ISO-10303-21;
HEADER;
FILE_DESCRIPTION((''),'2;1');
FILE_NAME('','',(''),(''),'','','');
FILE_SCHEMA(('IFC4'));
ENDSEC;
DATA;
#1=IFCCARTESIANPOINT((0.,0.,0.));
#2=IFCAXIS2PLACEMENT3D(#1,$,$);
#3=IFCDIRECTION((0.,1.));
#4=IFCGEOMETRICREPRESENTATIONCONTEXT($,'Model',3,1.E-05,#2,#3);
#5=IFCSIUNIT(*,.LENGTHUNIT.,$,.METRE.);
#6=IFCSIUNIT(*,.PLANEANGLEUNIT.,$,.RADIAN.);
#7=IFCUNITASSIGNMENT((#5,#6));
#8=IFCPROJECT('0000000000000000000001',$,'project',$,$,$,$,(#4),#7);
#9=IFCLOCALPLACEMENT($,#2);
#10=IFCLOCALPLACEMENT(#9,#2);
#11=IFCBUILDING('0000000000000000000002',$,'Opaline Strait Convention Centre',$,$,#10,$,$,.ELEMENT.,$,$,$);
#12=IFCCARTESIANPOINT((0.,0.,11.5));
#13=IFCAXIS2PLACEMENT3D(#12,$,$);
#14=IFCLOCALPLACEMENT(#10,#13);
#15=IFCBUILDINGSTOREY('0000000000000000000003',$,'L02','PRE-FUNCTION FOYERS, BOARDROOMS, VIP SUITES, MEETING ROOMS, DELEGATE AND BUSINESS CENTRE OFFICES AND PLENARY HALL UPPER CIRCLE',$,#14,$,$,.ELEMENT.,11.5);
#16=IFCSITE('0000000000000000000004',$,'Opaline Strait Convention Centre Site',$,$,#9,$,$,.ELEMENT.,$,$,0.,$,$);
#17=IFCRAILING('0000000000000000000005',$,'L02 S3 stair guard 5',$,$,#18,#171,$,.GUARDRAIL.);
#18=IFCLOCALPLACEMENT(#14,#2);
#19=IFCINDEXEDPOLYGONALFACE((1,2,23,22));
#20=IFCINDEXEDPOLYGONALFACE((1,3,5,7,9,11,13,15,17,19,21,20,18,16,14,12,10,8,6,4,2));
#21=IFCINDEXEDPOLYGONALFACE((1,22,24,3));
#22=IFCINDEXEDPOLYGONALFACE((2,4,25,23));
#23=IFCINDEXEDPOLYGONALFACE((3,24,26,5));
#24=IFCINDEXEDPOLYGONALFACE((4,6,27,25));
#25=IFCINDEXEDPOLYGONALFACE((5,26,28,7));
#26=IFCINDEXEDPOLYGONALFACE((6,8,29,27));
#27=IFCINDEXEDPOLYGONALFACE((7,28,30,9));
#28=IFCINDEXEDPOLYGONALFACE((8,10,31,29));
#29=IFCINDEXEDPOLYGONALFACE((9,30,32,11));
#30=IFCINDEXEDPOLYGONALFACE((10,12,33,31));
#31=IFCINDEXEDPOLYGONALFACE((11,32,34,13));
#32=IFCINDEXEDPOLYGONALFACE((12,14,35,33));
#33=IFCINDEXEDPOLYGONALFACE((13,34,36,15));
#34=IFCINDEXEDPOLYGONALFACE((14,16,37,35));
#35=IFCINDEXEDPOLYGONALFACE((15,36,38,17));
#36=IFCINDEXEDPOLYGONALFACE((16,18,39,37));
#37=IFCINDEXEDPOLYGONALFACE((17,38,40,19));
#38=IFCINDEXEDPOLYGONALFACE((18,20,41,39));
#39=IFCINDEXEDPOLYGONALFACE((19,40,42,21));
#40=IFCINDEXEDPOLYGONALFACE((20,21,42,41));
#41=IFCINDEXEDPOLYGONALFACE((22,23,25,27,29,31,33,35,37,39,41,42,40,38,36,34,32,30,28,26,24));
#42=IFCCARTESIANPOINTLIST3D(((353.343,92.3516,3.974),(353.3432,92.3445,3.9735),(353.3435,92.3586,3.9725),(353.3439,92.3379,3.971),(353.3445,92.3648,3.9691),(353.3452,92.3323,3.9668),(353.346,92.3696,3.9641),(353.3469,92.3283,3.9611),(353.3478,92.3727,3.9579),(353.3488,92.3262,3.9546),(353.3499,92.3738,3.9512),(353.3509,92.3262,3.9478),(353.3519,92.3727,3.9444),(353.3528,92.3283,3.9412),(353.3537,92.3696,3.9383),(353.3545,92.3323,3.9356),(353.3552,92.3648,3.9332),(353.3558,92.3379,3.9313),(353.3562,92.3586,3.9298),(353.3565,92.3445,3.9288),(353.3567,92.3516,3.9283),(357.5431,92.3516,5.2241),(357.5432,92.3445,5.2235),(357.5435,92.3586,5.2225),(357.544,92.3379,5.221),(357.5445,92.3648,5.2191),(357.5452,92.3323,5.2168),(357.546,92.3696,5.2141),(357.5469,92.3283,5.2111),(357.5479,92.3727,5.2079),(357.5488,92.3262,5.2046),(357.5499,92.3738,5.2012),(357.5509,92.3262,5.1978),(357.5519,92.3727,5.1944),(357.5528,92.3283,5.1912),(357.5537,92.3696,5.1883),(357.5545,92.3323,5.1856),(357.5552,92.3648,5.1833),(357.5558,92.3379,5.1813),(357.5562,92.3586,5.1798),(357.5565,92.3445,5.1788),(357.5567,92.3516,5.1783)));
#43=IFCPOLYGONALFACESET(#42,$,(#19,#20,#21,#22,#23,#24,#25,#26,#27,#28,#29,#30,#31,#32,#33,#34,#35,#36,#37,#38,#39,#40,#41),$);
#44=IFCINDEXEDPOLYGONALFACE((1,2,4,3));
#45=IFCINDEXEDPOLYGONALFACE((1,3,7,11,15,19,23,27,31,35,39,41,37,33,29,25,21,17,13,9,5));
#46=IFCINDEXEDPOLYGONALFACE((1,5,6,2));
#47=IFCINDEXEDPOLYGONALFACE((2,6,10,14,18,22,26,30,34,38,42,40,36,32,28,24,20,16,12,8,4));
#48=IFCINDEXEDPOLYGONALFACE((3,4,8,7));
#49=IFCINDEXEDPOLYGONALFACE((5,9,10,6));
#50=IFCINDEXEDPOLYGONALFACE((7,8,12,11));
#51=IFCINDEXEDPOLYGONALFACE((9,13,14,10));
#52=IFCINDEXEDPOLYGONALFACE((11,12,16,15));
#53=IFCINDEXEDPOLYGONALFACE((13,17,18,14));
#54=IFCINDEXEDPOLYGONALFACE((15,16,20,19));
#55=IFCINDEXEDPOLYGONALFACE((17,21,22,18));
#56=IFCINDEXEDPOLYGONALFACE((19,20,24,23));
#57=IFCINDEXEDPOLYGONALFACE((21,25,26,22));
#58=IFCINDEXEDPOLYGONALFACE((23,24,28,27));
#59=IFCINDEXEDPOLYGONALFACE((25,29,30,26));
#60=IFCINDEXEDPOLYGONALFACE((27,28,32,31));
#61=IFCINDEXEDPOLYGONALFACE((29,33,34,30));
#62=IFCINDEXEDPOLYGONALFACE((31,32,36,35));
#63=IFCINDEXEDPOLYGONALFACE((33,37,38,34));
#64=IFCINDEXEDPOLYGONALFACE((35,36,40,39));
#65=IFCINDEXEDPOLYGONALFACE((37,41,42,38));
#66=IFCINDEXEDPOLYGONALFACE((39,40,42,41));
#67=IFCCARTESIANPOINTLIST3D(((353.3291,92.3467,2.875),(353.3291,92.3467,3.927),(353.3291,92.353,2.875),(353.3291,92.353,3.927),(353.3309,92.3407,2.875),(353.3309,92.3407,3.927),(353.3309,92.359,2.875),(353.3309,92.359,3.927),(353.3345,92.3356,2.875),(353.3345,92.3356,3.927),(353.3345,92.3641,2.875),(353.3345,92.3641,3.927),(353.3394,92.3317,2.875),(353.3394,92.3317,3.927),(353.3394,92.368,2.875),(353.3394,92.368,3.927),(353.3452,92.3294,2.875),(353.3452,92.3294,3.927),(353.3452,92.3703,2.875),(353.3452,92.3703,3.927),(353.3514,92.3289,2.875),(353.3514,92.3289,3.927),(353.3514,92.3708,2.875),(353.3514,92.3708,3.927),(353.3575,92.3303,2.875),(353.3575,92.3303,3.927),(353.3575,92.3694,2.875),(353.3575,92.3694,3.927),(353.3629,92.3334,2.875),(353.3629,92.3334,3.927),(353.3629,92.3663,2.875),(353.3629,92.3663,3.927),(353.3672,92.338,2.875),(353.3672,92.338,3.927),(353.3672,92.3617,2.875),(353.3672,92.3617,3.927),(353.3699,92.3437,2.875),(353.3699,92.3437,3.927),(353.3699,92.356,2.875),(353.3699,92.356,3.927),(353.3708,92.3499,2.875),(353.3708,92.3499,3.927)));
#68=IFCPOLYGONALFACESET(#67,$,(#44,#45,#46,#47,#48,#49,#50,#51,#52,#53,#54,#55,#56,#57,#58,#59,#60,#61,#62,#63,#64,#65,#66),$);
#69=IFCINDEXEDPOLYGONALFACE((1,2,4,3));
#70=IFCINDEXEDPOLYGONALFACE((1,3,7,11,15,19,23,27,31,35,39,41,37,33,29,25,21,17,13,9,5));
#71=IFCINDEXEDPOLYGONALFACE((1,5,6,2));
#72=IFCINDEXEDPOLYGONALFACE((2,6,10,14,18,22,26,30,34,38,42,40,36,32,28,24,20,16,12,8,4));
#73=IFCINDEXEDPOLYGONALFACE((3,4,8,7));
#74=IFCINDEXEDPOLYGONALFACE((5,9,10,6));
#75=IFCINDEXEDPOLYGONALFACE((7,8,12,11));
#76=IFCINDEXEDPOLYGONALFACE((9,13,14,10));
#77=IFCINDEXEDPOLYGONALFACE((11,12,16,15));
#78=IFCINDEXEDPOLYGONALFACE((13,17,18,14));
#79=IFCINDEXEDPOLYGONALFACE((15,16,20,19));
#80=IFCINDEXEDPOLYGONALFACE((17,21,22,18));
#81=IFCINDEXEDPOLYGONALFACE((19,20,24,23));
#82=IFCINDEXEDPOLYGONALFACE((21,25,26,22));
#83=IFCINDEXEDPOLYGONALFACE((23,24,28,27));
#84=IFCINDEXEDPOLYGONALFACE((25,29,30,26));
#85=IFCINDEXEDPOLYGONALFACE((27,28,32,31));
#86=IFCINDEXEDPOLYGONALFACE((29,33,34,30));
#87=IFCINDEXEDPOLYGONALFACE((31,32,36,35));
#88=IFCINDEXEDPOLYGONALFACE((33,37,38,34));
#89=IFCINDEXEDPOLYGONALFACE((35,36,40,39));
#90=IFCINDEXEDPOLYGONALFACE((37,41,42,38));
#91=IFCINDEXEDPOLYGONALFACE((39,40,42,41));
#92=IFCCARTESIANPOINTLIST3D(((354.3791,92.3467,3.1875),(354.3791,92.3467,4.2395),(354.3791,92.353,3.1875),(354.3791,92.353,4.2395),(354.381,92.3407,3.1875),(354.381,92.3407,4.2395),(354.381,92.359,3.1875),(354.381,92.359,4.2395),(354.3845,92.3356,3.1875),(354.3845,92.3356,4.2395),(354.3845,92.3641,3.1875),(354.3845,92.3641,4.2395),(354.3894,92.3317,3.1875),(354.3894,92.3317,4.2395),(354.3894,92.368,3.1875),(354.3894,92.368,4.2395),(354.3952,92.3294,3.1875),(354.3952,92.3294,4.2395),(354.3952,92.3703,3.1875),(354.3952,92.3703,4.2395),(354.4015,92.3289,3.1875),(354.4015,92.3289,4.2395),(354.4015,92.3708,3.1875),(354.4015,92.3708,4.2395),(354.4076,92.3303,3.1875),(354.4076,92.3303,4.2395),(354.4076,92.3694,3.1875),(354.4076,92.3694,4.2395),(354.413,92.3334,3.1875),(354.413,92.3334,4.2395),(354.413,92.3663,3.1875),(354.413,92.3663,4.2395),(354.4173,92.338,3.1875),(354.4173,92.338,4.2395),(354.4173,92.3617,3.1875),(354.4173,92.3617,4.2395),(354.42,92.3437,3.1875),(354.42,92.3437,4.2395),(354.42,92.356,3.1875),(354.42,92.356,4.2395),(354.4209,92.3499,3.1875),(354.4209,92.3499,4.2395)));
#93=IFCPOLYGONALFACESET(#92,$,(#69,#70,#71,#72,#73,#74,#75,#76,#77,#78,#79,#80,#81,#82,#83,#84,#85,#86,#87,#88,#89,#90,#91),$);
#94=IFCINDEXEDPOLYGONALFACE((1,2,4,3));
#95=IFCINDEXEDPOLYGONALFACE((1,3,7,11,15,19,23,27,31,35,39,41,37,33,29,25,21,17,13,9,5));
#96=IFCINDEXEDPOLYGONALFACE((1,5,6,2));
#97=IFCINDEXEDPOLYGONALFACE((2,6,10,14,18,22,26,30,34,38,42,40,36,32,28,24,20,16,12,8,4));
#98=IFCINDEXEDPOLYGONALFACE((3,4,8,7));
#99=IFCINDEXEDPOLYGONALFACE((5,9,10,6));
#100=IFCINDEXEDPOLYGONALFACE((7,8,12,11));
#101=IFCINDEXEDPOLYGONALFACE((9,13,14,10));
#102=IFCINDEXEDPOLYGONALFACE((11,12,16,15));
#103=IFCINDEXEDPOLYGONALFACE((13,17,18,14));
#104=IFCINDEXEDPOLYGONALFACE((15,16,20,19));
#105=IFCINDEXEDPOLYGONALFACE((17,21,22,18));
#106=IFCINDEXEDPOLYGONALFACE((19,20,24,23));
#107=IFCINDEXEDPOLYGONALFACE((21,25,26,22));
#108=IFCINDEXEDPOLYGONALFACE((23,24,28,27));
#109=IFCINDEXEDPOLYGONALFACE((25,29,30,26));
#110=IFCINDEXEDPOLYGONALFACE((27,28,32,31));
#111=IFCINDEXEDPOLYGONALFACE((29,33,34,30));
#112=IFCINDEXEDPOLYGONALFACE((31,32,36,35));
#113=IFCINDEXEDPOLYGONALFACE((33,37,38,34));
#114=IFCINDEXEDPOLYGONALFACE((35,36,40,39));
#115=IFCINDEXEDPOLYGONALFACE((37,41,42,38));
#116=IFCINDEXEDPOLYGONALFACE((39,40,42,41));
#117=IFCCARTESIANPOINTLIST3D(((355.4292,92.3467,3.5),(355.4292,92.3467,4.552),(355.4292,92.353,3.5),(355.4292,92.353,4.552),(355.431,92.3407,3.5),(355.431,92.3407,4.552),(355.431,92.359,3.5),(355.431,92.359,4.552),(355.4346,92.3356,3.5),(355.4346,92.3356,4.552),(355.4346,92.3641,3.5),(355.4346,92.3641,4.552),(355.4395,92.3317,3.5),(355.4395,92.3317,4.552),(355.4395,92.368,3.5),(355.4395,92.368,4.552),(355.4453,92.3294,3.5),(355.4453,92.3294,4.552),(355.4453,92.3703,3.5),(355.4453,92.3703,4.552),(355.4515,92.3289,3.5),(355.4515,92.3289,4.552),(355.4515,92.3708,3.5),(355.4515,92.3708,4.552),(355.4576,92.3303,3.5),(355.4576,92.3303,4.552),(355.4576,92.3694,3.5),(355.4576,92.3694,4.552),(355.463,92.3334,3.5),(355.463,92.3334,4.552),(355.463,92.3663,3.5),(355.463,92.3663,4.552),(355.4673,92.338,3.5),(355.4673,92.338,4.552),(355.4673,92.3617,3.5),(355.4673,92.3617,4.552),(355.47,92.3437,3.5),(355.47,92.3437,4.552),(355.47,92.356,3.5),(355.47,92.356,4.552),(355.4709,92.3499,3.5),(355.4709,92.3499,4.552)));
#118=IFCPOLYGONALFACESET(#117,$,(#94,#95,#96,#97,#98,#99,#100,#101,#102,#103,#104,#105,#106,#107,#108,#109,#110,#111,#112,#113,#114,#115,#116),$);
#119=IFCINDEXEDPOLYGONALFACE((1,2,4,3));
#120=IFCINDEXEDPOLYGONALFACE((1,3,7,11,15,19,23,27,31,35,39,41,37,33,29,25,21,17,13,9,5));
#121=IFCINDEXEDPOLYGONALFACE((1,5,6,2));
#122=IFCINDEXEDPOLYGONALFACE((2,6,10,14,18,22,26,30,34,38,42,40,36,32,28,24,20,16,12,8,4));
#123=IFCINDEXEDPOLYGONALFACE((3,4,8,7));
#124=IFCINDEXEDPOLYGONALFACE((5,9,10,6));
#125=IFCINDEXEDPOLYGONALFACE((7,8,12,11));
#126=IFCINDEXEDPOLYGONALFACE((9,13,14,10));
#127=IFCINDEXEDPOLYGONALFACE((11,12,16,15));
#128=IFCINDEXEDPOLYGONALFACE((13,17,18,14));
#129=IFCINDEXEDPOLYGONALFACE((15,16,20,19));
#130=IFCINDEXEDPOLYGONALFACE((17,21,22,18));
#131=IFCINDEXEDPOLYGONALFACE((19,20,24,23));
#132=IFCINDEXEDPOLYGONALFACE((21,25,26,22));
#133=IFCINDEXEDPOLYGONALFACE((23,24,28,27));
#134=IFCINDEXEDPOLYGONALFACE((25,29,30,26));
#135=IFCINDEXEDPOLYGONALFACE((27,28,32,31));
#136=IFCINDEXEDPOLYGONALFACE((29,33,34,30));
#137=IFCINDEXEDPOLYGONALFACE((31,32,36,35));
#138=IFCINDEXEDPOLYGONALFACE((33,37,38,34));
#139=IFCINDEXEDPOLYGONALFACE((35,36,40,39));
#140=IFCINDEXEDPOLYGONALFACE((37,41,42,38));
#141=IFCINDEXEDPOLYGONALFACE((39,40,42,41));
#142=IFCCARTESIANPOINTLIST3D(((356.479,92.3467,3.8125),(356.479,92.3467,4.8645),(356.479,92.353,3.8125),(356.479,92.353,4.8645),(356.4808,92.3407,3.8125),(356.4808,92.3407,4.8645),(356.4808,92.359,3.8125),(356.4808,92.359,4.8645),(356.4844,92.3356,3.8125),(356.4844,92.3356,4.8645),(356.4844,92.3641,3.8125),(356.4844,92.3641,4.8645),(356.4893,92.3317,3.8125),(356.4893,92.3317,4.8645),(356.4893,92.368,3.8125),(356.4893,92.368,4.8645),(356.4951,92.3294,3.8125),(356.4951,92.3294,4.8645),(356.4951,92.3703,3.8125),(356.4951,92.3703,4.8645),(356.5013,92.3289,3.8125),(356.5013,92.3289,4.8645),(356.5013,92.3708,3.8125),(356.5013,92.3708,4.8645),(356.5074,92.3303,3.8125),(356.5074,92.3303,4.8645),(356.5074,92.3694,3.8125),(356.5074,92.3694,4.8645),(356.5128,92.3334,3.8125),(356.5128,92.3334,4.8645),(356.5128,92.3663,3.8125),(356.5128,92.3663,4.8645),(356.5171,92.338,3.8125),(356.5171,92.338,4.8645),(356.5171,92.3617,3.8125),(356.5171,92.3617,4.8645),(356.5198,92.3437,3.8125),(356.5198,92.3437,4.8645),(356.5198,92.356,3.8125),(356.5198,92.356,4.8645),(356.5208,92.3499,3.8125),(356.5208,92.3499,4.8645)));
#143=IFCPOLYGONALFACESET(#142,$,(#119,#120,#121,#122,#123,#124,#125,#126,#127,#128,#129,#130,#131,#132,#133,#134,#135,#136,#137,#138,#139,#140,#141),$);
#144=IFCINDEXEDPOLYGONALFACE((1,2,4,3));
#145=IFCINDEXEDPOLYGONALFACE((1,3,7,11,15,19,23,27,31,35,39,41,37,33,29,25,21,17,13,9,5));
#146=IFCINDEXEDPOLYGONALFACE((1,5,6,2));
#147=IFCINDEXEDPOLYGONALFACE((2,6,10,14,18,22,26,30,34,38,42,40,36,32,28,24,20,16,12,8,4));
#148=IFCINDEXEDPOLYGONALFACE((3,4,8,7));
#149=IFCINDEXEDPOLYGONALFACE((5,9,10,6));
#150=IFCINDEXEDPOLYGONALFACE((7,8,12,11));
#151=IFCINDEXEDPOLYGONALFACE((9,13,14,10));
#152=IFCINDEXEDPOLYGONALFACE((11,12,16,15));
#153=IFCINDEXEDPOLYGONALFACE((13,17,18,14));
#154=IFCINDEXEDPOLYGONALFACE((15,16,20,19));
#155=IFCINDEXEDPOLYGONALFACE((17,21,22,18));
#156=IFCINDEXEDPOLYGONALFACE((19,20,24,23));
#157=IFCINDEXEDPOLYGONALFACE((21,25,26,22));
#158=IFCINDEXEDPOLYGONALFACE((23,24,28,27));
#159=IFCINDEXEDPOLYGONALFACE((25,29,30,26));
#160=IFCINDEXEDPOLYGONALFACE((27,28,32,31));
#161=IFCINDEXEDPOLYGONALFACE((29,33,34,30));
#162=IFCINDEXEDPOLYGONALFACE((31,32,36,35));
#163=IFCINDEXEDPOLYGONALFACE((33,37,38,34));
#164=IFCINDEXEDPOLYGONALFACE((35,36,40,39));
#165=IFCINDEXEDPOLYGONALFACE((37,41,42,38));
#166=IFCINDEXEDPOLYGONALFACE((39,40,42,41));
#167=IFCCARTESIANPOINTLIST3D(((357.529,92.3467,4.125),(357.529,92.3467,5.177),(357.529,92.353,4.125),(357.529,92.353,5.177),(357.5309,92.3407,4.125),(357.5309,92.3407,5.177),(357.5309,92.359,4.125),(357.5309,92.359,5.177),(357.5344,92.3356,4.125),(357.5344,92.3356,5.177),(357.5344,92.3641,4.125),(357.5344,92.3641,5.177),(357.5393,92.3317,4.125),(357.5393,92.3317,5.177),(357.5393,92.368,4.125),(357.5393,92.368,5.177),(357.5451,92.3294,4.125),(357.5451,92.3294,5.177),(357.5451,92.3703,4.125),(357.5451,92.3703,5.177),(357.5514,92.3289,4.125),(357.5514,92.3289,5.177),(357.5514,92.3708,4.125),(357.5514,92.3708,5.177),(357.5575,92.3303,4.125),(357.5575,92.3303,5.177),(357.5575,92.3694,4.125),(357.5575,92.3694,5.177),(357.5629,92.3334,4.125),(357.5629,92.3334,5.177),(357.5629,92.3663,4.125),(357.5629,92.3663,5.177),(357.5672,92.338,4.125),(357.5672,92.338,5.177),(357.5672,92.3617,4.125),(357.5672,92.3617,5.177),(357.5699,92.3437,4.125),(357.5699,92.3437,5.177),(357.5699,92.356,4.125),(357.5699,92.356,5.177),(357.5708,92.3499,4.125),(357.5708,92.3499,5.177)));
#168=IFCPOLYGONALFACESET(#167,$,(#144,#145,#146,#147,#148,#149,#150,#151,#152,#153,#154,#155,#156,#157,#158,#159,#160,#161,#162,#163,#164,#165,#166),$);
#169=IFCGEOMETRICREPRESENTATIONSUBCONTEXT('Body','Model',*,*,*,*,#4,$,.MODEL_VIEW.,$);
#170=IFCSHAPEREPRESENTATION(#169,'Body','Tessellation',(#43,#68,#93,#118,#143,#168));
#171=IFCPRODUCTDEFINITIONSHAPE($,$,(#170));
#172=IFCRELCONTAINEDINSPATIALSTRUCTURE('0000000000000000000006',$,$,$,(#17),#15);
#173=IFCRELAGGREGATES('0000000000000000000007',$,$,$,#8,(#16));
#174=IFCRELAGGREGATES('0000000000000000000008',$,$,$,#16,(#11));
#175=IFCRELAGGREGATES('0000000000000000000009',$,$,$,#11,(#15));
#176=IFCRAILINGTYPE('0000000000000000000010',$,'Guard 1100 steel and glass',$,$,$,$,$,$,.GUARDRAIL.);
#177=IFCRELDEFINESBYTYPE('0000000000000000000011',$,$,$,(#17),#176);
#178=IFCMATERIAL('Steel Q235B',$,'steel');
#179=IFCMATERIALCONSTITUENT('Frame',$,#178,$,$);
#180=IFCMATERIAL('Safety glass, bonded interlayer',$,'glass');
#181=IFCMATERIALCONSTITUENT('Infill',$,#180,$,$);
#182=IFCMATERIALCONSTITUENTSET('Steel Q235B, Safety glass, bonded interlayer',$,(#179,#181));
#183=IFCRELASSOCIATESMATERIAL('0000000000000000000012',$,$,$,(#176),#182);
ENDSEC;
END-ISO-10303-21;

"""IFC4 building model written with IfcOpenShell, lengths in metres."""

from ifc_helpers import new_model, si_unit, direction, frame, origin, origin_2d, place, context, subcontext, project, spatial, circle, extrude, material, constituent, constituent_set, type_object, element, save


model = new_model("IFC4")

# Units and contexts
model_context = context("Model", 3, precision=1e-05, world=origin(), true_north=direction((0.0, 1.0)))
body_context = subcontext(model_context, "Body", "Model", "MODEL_VIEW")
ifc_project = project(units=[si_unit("LENGTHUNIT", "METRE"), si_unit("PLANEANGLEUNIT", "RADIAN")], contexts=[model_context])

# Site, building, storey
site_placement = place(None, origin())
site = spatial("IfcSite", under=ifc_project, at=site_placement, Name="Opaline Strait Convention Centre Site", CompositionType="ELEMENT", RefElevation=0.0)
building_placement = place(site_placement, origin())
building = spatial("IfcBuilding", under=site, at=building_placement, Name="Opaline Strait Convention Centre", CompositionType="ELEMENT")
storey_placement = place(building_placement, frame((0.0, 0.0, 11.5)))
storey = spatial("IfcBuildingStorey", under=building, at=storey_placement, Name="L02", Description="PRE-FUNCTION FOYERS, BOARDROOMS, VIP SUITES, MEETING ROOMS, DELEGATE AND BUSINESS CENTRE OFFICES AND PLENARY HALL UPPER CIRCLE", CompositionType="ELEMENT", Elevation=11.5)

# Railing
ifc_material_1 = material(Name="Steel Q235B", Category="steel")
ifc_constituent_1 = constituent(ifc_material_1, Name="Frame")
ifc_material_2 = material(Name="Safety glass, bonded interlayer", Category="glass")
ifc_constituent_2 = constituent(ifc_material_2, Name="Infill")
ifc_constituent_set = constituent_set(constituents=[ifc_constituent_1, ifc_constituent_2], Name="Steel Q235B, Safety glass, bonded interlayer")
railing_type_1 = type_object("IfcRailingType", Name="Guard 1100 steel and glass", PredefinedType="GUARDRAIL", material=ifc_constituent_set)
railing_1_placement = place(storey_placement, frame((353.3499, 92.3499, 2.875)))
element("IfcRailing", 1, at=railing_1_placement, inside=storey, type_object=railing_type_1, Name="L02 S3 stair guard 5", PredefinedType="GUARDRAIL", context=body_context, shape_type="SweptSolid", body=[
    extrude(circle(Radius=0.0239, at=origin_2d()), frame((0.0, 0.0, 1.0762), z_axis=(0.958451, 0.0, 0.285257), x_axis=(0.0, 1.0, 0.0)), (0.0, 0.0, 1.0), 4.3821),
    extrude(circle(Radius=0.021, at=origin_2d()), origin(), (0.0, 0.0, 1.0), 1.052),
    extrude(circle(Radius=0.021, at=origin_2d()), frame((1.05, 0.0, 0.3125)), (0.0, 0.0, 1.0), 1.052),
    extrude(circle(Radius=0.021, at=origin_2d()), frame((2.1001, 0.0, 0.625)), (0.0, 0.0, 1.0), 1.052),
    extrude(circle(Radius=0.021, at=origin_2d()), frame((3.1499, 0.0, 0.9375)), (0.0, 0.0, 1.0), 1.052),
    extrude(circle(Radius=0.021, at=origin_2d()), frame((4.2, 0.0, 1.25)), (0.0, 0.0, 1.0), 1.052),
])

save(model, "model.ifc")
